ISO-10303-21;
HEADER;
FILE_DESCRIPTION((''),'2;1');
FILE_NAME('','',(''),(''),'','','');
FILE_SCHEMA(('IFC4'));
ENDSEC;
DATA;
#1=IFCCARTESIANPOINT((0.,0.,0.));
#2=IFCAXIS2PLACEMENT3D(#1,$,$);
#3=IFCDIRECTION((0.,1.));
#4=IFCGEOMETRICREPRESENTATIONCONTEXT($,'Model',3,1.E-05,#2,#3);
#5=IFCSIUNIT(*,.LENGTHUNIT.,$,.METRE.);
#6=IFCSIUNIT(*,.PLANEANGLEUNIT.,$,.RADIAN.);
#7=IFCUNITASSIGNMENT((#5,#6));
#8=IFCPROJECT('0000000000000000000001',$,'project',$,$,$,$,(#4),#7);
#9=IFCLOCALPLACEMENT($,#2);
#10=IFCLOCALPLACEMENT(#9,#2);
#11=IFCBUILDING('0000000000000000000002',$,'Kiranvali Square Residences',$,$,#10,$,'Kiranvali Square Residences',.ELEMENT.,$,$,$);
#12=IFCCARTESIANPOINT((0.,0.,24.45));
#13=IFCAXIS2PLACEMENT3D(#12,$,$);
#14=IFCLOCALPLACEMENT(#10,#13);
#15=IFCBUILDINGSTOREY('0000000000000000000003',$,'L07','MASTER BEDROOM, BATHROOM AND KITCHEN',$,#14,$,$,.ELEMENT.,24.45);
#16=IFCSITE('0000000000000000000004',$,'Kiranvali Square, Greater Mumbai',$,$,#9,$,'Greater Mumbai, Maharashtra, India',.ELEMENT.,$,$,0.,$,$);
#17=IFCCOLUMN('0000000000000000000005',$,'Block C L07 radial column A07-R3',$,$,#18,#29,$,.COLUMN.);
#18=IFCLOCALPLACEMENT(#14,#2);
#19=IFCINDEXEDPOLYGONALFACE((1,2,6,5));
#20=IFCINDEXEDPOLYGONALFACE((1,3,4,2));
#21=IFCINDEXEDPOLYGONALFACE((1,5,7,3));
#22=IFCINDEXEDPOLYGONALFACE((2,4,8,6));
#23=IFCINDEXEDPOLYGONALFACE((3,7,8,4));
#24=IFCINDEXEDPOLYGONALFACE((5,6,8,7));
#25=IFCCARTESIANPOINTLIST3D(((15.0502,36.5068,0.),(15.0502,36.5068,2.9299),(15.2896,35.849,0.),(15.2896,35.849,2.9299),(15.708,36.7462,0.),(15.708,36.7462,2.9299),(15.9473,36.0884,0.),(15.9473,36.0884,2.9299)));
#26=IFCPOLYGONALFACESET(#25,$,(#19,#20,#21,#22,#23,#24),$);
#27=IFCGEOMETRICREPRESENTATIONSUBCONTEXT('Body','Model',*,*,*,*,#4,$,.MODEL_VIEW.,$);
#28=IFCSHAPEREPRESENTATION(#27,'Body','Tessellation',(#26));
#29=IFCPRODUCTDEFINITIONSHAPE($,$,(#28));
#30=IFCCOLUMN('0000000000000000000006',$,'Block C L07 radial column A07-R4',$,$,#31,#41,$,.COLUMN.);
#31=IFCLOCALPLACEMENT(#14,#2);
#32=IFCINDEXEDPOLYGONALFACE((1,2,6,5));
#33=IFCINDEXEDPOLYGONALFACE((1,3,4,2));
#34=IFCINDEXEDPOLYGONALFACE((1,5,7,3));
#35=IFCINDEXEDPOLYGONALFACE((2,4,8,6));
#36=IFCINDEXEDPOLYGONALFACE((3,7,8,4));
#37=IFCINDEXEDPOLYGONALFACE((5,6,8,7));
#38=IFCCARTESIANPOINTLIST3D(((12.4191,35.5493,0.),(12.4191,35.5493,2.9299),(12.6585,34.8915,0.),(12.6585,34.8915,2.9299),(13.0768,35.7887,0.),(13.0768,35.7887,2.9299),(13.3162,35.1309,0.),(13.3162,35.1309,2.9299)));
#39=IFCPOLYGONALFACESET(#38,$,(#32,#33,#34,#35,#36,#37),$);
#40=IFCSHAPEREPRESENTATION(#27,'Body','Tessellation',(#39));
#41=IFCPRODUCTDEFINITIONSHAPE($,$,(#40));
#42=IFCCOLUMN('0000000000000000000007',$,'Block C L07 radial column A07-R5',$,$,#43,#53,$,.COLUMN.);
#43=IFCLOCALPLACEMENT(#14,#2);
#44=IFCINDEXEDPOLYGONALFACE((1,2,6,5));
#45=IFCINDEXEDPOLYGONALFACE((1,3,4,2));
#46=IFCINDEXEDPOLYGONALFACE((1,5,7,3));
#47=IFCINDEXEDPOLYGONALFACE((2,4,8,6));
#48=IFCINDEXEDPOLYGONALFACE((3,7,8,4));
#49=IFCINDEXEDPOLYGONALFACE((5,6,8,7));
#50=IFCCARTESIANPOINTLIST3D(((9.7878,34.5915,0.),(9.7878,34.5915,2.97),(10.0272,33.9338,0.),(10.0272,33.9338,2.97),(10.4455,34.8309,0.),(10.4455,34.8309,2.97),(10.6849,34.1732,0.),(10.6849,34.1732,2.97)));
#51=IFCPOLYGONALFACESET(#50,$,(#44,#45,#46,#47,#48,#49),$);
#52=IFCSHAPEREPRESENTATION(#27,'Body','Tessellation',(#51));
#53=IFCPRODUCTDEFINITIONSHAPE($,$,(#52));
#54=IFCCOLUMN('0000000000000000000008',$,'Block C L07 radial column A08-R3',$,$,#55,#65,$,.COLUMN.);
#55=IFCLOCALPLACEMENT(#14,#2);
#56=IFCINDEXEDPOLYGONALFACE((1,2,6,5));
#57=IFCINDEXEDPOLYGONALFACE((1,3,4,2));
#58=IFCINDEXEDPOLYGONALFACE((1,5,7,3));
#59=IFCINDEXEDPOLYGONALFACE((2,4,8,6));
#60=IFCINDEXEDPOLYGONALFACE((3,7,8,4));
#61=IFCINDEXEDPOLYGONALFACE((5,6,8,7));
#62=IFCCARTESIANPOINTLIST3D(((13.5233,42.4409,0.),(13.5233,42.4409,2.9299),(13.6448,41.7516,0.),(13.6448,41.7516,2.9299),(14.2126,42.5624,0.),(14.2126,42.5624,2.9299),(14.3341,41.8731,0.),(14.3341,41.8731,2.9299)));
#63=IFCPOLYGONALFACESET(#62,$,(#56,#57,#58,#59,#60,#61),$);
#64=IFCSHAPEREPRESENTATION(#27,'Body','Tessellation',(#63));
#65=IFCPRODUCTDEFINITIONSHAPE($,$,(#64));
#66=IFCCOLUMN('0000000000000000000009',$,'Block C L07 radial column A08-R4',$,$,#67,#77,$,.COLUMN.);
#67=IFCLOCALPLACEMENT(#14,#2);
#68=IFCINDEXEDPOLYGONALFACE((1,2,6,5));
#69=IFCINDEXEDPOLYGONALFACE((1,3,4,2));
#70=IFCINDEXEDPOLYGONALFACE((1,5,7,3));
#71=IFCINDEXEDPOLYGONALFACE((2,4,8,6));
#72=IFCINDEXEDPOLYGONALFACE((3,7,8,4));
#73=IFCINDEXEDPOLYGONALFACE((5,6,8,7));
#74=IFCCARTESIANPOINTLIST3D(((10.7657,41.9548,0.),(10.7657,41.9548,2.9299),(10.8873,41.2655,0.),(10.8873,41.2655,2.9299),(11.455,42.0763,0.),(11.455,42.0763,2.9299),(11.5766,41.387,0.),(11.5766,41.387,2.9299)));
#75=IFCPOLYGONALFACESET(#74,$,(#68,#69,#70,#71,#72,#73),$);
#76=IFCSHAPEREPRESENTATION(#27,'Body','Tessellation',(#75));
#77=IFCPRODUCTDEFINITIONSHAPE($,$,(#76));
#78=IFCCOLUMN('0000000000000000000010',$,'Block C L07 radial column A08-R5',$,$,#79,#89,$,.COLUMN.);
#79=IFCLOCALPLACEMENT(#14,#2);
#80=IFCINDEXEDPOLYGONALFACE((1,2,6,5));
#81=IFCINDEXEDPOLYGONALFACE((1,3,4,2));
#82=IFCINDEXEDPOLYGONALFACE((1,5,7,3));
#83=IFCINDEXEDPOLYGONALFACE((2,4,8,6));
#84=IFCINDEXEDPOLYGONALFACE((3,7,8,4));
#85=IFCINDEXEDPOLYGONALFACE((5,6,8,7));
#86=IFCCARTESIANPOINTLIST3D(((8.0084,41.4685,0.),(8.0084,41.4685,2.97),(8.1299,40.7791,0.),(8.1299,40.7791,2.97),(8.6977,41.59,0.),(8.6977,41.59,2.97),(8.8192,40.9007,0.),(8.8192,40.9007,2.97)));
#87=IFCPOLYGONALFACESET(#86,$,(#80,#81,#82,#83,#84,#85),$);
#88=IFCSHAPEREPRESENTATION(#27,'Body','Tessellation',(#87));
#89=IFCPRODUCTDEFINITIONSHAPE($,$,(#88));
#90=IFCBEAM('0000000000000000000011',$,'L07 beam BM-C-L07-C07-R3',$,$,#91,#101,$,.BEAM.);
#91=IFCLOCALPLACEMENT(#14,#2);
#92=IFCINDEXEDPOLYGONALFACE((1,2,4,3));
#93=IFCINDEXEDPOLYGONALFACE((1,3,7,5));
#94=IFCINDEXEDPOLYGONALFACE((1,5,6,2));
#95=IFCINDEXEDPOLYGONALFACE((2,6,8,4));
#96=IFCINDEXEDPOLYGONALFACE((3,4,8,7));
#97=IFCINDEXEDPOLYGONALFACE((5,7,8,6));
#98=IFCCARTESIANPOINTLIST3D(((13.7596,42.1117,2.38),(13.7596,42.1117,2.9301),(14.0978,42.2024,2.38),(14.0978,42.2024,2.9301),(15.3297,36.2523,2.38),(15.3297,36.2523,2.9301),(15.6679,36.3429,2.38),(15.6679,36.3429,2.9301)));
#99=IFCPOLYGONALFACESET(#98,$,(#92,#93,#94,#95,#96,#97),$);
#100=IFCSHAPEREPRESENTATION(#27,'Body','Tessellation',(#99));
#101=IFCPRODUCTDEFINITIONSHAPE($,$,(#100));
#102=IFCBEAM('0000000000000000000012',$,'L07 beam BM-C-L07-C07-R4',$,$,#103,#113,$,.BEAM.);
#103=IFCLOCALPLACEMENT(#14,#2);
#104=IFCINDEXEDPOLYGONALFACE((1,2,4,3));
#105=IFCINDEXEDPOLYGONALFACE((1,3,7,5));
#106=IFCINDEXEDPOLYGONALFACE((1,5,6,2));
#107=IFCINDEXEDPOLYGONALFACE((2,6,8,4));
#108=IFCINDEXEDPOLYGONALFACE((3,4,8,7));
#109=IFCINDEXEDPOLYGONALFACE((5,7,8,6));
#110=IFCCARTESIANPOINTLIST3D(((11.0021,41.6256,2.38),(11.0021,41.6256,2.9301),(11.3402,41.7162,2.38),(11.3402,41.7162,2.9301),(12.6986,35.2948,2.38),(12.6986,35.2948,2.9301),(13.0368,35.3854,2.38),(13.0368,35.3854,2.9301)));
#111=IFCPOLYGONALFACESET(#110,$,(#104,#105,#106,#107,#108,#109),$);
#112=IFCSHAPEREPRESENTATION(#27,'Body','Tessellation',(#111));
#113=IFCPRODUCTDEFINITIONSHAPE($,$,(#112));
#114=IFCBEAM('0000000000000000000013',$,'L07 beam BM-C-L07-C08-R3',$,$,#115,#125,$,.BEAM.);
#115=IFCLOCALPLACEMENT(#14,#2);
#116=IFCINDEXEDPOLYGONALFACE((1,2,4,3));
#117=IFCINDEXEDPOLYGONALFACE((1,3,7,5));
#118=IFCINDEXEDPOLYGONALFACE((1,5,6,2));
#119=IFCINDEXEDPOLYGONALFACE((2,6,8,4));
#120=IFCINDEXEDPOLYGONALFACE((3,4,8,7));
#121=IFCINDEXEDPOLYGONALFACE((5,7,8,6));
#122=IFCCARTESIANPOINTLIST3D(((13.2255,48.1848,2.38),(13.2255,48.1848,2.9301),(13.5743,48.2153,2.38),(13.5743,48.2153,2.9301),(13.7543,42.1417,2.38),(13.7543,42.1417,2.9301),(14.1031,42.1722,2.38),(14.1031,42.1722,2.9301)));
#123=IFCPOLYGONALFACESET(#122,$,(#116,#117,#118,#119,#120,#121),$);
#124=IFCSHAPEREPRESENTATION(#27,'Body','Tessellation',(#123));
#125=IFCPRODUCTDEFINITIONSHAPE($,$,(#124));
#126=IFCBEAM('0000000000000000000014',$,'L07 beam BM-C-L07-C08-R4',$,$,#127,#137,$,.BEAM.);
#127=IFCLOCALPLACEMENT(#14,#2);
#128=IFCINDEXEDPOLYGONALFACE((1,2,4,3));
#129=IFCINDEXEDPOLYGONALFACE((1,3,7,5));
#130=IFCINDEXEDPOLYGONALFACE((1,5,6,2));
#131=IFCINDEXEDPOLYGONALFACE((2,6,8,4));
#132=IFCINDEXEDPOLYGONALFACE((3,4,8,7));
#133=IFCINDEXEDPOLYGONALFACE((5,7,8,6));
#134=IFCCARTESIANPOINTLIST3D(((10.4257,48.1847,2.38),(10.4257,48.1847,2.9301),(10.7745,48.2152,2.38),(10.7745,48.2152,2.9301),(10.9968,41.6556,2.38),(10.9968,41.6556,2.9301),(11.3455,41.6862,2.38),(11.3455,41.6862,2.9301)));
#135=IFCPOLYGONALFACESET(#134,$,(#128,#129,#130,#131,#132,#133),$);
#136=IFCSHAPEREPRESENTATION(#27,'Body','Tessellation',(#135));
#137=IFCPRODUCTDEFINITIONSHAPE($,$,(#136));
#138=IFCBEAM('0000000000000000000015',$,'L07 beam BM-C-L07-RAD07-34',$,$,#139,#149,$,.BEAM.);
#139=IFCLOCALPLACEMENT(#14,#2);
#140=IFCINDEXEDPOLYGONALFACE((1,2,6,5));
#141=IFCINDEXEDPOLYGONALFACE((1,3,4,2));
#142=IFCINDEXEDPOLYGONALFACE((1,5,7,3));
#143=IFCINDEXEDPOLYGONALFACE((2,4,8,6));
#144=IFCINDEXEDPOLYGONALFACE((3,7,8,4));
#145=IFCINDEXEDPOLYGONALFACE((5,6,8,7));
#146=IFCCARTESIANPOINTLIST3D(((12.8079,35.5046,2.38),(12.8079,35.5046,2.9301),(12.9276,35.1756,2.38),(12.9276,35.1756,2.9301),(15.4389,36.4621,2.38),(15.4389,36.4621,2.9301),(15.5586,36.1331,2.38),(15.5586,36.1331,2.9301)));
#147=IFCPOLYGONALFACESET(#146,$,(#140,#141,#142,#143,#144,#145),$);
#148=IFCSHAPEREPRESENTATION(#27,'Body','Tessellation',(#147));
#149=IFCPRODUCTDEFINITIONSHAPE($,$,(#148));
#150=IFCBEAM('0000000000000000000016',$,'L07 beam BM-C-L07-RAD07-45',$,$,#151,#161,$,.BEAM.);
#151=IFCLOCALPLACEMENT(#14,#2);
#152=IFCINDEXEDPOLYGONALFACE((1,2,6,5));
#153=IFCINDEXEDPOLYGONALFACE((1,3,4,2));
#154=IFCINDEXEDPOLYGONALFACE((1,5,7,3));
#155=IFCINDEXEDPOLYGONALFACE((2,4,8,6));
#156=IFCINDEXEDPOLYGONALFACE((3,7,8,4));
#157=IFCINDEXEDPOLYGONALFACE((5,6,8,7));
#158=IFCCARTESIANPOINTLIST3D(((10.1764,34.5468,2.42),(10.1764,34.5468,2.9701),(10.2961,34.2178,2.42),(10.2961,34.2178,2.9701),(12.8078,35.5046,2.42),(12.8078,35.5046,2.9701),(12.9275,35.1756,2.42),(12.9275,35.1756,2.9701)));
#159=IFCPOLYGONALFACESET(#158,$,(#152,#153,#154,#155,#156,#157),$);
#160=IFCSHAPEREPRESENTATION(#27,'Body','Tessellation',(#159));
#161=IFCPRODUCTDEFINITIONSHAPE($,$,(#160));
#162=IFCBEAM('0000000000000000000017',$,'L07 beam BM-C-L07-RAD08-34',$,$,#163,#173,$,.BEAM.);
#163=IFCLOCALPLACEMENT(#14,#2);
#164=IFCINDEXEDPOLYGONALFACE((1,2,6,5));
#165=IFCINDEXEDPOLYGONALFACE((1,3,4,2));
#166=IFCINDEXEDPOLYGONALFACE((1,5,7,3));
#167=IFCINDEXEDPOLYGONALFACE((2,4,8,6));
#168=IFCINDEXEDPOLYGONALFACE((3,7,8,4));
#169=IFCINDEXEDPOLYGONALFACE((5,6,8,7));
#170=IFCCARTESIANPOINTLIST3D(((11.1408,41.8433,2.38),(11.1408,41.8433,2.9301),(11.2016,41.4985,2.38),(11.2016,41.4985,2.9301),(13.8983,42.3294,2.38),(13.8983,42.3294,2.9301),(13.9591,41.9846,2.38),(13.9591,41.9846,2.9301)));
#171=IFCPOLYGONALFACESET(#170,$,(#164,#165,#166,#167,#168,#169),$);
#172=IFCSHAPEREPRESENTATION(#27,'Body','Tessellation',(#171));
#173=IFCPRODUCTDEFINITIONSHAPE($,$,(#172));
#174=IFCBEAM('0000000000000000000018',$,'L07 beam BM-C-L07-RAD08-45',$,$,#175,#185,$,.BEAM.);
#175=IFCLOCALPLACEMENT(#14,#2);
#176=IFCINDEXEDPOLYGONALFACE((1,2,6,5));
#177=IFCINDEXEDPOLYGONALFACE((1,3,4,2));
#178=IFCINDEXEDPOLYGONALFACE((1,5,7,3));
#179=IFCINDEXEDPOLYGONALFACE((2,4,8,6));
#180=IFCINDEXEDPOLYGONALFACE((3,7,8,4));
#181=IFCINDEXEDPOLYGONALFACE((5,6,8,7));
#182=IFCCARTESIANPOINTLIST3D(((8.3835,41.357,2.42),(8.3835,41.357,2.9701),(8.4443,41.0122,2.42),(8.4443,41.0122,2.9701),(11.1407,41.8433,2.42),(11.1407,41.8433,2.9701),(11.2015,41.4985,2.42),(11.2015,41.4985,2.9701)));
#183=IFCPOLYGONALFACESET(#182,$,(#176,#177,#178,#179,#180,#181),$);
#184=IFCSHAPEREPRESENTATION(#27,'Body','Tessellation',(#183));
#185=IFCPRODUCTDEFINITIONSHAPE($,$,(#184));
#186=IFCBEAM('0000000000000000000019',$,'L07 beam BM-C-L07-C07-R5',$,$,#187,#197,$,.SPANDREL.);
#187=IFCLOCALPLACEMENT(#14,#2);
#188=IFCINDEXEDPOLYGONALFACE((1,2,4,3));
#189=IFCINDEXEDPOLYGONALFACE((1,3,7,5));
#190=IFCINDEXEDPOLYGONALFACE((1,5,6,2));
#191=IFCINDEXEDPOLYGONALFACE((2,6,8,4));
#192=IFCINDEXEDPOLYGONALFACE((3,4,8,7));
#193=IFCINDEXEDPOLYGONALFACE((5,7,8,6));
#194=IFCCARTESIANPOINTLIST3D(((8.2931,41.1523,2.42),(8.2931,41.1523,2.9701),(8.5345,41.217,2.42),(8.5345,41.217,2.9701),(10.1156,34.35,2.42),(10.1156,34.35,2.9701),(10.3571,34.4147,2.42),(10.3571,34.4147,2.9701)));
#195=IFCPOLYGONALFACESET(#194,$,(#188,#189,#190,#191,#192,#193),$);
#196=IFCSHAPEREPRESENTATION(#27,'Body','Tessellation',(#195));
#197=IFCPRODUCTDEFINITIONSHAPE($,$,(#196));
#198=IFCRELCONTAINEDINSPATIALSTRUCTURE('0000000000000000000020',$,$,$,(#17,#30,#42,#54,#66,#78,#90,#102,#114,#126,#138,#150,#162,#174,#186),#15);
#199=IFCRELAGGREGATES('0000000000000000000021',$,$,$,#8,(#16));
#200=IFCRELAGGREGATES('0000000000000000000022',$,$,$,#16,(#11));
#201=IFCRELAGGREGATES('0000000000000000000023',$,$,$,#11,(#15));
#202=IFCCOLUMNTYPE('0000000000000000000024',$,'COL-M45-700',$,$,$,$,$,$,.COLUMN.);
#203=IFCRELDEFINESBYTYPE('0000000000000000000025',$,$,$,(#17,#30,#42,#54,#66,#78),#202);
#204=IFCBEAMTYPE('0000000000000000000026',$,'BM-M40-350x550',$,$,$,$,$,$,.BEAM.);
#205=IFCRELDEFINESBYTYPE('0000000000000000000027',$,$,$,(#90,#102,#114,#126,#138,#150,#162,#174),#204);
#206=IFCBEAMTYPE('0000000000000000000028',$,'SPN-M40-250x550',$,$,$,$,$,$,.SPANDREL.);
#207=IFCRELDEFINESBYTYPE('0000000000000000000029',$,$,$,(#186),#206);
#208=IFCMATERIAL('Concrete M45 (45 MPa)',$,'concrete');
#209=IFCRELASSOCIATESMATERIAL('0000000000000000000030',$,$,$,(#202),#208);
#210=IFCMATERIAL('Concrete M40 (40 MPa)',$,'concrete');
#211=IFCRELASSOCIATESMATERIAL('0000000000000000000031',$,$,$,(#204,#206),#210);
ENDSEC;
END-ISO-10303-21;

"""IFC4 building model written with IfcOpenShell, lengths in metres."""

from ifc_helpers import new_model, si_unit, direction, frame, origin, origin_2d, place, context, subcontext, project, spatial, rectangle, extrude, material, material_profile, profile_set, type_object, element, save


model = new_model("IFC4")

# Units and contexts
model_context = context("Model", 3, precision=1e-05, world=origin(), true_north=direction((0.0, 1.0)))
body_context = subcontext(model_context, "Body", "Model", "MODEL_VIEW")
ifc_project = project(units=[si_unit("LENGTHUNIT", "METRE"), si_unit("PLANEANGLEUNIT", "RADIAN")], contexts=[model_context])

# Site, building, storey
site_placement = place(None, origin())
site = spatial("IfcSite", under=ifc_project, at=site_placement, Name="Kiranvali Square, Greater Mumbai", LongName="Greater Mumbai, Maharashtra, India", CompositionType="ELEMENT", RefElevation=0.0)
building_placement = place(site_placement, origin())
building = spatial("IfcBuilding", under=site, at=building_placement, Name="Kiranvali Square Residences", LongName="Kiranvali Square Residences", CompositionType="ELEMENT")
storey_placement = place(building_placement, frame((0.0, 0.0, 24.45)))
storey = spatial("IfcBuildingStorey", under=building, at=storey_placement, Name="L07", Description="MASTER BEDROOM, BATHROOM AND KITCHEN", CompositionType="ELEMENT", Elevation=24.45)

# Columns
ifc_material_1 = material(Name="Concrete M45 (45 MPa)", Category="concrete")
ifc_material_profile_1 = material_profile(ifc_material_1, rectangle(XDim=0.7, YDim=0.7, at=origin_2d()), Name="RC 700x700")
ifc_profile_set_1 = profile_set([ifc_material_profile_1], Name="Concrete M45 (45 MPa)")
column_type = type_object("IfcColumnType", Name="COL-M45-700", PredefinedType="COLUMN", material=ifc_profile_set_1)
for number, where, z_axis, x_axis, name in (
    (1, (15.4988, 36.2976, 0.0), (0.0, 0.0, 1.0), (-0.34202, 0.939693, 0.0), "Block C L07 radial column A07-R3"),
    (2, (12.8677, 35.3401, 0.0), (0.0, 0.0, 1.0), (-0.34202, 0.939693, 0.0), "Block C L07 radial column A07-R4"),
):
    element("IfcColumn", number, at=place(storey_placement, frame(where, z_axis=z_axis, x_axis=x_axis)), inside=storey, type_object=column_type, Name=name, PredefinedType="COLUMN", context=body_context, shape_type="SweptSolid", body=[
        extrude(rectangle(XDim=0.7, YDim=0.7, at=origin_2d()), origin(), (0.0, 0.0, 1.0), 2.9299),
    ])
column_1_placement = place(storey_placement, frame((10.2363, 34.3823, 0.0), z_axis=(0.0, 0.0, 1.0), x_axis=(-0.34202, 0.939693, 0.0)))
element("IfcColumn", 3, at=column_1_placement, inside=storey, type_object=column_type, Name="Block C L07 radial column A07-R5", PredefinedType="COLUMN", context=body_context, shape_type="SweptSolid", body=[
    extrude(rectangle(XDim=0.7, YDim=0.7, at=origin_2d()), origin(), (0.0, 0.0, 1.0), 2.97),
])
for number, where, z_axis, x_axis, name in (
    (4, (13.9287, 42.157, 0.0), (0.0, 0.0, 1.0), (-0.173648, 0.984808, 0.0), "Block C L07 radial column A08-R3"),
    (5, (11.1711, 41.6709, 0.0), (0.0, 0.0, 1.0), (-0.173648, 0.984808, 0.0), "Block C L07 radial column A08-R4"),
):
    element("IfcColumn", number, at=place(storey_placement, frame(where, z_axis=z_axis, x_axis=x_axis)), inside=storey, type_object=column_type, Name=name, PredefinedType="COLUMN", context=body_context, shape_type="SweptSolid", body=[
        extrude(rectangle(XDim=0.7, YDim=0.7, at=origin_2d()), origin(), (0.0, 0.0, 1.0), 2.9299),
    ])
column_2_placement = place(storey_placement, frame((8.4138, 41.1846, 0.0), z_axis=(0.0, 0.0, 1.0), x_axis=(-0.173648, 0.984808, 0.0)))
element("IfcColumn", 6, at=column_2_placement, inside=storey, type_object=column_type, Name="Block C L07 radial column A08-R5", PredefinedType="COLUMN", context=body_context, shape_type="SweptSolid", body=[
    extrude(rectangle(XDim=0.7, YDim=0.7, at=origin_2d()), origin(), (0.0, 0.0, 1.0), 2.97),
])

# Beams
ifc_material_2 = material(Name="Concrete M40 (40 MPa)", Category="concrete")
ifc_material_profile_2 = material_profile(ifc_material_2, rectangle(XDim=0.3501, YDim=0.55, at=origin_2d()), Name="RC 350x550")
ifc_profile_set_2 = profile_set([ifc_material_profile_2], Name="Concrete M40 (40 MPa)")
beam_type_1 = type_object("IfcBeamType", Name="BM-M40-350x550", PredefinedType="BEAM", material=ifc_profile_set_2)
beam_1_placement = place(storey_placement, frame((15.4988, 36.2976, 2.655), z_axis=(-0.258827, 0.965924, 0.0), x_axis=(-0.965924, -0.258827, 0.0)))
element("IfcBeam", 7, at=beam_1_placement, inside=storey, type_object=beam_type_1, Name="L07 beam BM-C-L07-C07-R3", PredefinedType="BEAM", context=body_context, shape_type="SweptSolid", body=[
    extrude(rectangle(XDim=0.3501, YDim=0.55, at=origin_2d()), origin(), (0.0, 0.0, 1.0), 6.0662),
])
beam_2_placement = place(storey_placement, frame((12.8677, 35.3401, 2.655), z_axis=(-0.258847, 0.965918, 0.0), x_axis=(-0.965918, -0.258847, 0.0)))
element("IfcBeam", 8, at=beam_2_placement, inside=storey, type_object=beam_type_1, Name="L07 beam BM-C-L07-C07-R4", PredefinedType="BEAM", context=body_context, shape_type="SweptSolid", body=[
    extrude(rectangle(XDim=0.3501, YDim=0.55, at=origin_2d()), origin(), (0.0, 0.0, 1.0), 6.5542),
])
beam_3_placement = place(storey_placement, frame((13.9287, 42.157, 2.655), z_axis=(-0.087175, 0.996193, 0.0), x_axis=(-0.996193, -0.087175, 0.0)))
element("IfcBeam", 9, at=beam_3_placement, inside=storey, type_object=beam_type_1, Name="L07 beam BM-C-L07-C08-R3", PredefinedType="BEAM", context=body_context, shape_type="SweptSolid", body=[
    extrude(rectangle(XDim=0.3501, YDim=0.55, at=origin_2d()), origin(), (0.0, 0.0, 1.0), 6.0662),
])
beam_4_placement = place(storey_placement, frame((11.1711, 41.6709, 2.655), z_axis=(-0.08713, 0.996197, 0.0), x_axis=(-0.996197, -0.08713, 0.0)))
element("IfcBeam", 10, at=beam_4_placement, inside=storey, type_object=beam_type_1, Name="L07 beam BM-C-L07-C08-R4", PredefinedType="BEAM", context=body_context, shape_type="SweptSolid", body=[
    extrude(rectangle(XDim=0.3501, YDim=0.55, at=origin_2d()), origin(), (0.0, 0.0, 1.0), 6.554),
])
beam_5_placement = place(storey_placement, frame((15.4988, 36.2976, 2.655), z_axis=(-0.939707, -0.341981, 0.0), x_axis=(0.341981, -0.939707, 0.0)))
element("IfcBeam", 11, at=beam_5_placement, inside=storey, type_object=beam_type_1, Name="L07 beam BM-C-L07-RAD07-34", PredefinedType="BEAM", context=body_context, shape_type="SweptSolid", body=[
    extrude(rectangle(XDim=0.3501, YDim=0.55, at=origin_2d()), origin(), (0.0, 0.0, 1.0), 2.7998),
])
beam_6_placement = place(storey_placement, frame((12.8677, 35.3401, 2.6951), z_axis=(-0.939689, -0.34203, 0.0), x_axis=(0.34203, -0.939689, 0.0)))
element("IfcBeam", 12, at=beam_6_placement, inside=storey, type_object=beam_type_1, Name="L07 beam BM-C-L07-RAD07-45", PredefinedType="BEAM", context=body_context, shape_type="SweptSolid", body=[
    extrude(rectangle(XDim=0.3501, YDim=0.55, at=origin_2d()), origin(), (0.0, 0.0, 1.0), 2.8003),
])
beam_7_placement = place(storey_placement, frame((13.9287, 42.157, 2.655), z_axis=(-0.984817, -0.173596, 0.0), x_axis=(0.173596, -0.984817, 0.0)))
element("IfcBeam", 13, at=beam_7_placement, inside=storey, type_object=beam_type_1, Name="L07 beam BM-C-L07-RAD08-34", PredefinedType="BEAM", context=body_context, shape_type="SweptSolid", body=[
    extrude(rectangle(XDim=0.3501, YDim=0.55, at=origin_2d()), origin(), (0.0, 0.0, 1.0), 2.8),
])
beam_8_placement = place(storey_placement, frame((11.1711, 41.6709, 2.6951), z_axis=(-0.984799, -0.173696, 0.0), x_axis=(0.173696, -0.984799, 0.0)))
element("IfcBeam", 14, at=beam_8_placement, inside=storey, type_object=beam_type_1, Name="L07 beam BM-C-L07-RAD08-45", PredefinedType="BEAM", context=body_context, shape_type="SweptSolid", body=[
    extrude(rectangle(XDim=0.3501, YDim=0.55, at=origin_2d()), origin(), (0.0, 0.0, 1.0), 2.7998),
])
ifc_material_profile_3 = material_profile(ifc_material_2, rectangle(XDim=0.25, YDim=0.55, at=origin_2d()), Name="RC 250x550")
ifc_profile_set_3 = profile_set([ifc_material_profile_3], Name="Concrete M40 (40 MPa)")
beam_type_2 = type_object("IfcBeamType", Name="SPN-M40-250x550", PredefinedType="SPANDREL", material=ifc_profile_set_3)
for number, where, z_axis, x_axis, name in (
    (15, (10.2363, 34.3823, 2.6951), (-0.2588, 0.965931, 0.0), (-0.965931, -0.2588, 0.0), "L07 beam BM-C-L07-C07-R5"),
):
    element("IfcBeam", number, at=place(storey_placement, frame(where, z_axis=z_axis, x_axis=x_axis)), inside=storey, type_object=beam_type_2, Name=name, PredefinedType="SPANDREL", context=body_context, shape_type="SweptSolid", body=[
        extrude(rectangle(XDim=0.25, YDim=0.55, at=origin_2d()), origin(), (0.0, 0.0, 1.0), 7.0422),
    ])

save(model, "model.ifc")
